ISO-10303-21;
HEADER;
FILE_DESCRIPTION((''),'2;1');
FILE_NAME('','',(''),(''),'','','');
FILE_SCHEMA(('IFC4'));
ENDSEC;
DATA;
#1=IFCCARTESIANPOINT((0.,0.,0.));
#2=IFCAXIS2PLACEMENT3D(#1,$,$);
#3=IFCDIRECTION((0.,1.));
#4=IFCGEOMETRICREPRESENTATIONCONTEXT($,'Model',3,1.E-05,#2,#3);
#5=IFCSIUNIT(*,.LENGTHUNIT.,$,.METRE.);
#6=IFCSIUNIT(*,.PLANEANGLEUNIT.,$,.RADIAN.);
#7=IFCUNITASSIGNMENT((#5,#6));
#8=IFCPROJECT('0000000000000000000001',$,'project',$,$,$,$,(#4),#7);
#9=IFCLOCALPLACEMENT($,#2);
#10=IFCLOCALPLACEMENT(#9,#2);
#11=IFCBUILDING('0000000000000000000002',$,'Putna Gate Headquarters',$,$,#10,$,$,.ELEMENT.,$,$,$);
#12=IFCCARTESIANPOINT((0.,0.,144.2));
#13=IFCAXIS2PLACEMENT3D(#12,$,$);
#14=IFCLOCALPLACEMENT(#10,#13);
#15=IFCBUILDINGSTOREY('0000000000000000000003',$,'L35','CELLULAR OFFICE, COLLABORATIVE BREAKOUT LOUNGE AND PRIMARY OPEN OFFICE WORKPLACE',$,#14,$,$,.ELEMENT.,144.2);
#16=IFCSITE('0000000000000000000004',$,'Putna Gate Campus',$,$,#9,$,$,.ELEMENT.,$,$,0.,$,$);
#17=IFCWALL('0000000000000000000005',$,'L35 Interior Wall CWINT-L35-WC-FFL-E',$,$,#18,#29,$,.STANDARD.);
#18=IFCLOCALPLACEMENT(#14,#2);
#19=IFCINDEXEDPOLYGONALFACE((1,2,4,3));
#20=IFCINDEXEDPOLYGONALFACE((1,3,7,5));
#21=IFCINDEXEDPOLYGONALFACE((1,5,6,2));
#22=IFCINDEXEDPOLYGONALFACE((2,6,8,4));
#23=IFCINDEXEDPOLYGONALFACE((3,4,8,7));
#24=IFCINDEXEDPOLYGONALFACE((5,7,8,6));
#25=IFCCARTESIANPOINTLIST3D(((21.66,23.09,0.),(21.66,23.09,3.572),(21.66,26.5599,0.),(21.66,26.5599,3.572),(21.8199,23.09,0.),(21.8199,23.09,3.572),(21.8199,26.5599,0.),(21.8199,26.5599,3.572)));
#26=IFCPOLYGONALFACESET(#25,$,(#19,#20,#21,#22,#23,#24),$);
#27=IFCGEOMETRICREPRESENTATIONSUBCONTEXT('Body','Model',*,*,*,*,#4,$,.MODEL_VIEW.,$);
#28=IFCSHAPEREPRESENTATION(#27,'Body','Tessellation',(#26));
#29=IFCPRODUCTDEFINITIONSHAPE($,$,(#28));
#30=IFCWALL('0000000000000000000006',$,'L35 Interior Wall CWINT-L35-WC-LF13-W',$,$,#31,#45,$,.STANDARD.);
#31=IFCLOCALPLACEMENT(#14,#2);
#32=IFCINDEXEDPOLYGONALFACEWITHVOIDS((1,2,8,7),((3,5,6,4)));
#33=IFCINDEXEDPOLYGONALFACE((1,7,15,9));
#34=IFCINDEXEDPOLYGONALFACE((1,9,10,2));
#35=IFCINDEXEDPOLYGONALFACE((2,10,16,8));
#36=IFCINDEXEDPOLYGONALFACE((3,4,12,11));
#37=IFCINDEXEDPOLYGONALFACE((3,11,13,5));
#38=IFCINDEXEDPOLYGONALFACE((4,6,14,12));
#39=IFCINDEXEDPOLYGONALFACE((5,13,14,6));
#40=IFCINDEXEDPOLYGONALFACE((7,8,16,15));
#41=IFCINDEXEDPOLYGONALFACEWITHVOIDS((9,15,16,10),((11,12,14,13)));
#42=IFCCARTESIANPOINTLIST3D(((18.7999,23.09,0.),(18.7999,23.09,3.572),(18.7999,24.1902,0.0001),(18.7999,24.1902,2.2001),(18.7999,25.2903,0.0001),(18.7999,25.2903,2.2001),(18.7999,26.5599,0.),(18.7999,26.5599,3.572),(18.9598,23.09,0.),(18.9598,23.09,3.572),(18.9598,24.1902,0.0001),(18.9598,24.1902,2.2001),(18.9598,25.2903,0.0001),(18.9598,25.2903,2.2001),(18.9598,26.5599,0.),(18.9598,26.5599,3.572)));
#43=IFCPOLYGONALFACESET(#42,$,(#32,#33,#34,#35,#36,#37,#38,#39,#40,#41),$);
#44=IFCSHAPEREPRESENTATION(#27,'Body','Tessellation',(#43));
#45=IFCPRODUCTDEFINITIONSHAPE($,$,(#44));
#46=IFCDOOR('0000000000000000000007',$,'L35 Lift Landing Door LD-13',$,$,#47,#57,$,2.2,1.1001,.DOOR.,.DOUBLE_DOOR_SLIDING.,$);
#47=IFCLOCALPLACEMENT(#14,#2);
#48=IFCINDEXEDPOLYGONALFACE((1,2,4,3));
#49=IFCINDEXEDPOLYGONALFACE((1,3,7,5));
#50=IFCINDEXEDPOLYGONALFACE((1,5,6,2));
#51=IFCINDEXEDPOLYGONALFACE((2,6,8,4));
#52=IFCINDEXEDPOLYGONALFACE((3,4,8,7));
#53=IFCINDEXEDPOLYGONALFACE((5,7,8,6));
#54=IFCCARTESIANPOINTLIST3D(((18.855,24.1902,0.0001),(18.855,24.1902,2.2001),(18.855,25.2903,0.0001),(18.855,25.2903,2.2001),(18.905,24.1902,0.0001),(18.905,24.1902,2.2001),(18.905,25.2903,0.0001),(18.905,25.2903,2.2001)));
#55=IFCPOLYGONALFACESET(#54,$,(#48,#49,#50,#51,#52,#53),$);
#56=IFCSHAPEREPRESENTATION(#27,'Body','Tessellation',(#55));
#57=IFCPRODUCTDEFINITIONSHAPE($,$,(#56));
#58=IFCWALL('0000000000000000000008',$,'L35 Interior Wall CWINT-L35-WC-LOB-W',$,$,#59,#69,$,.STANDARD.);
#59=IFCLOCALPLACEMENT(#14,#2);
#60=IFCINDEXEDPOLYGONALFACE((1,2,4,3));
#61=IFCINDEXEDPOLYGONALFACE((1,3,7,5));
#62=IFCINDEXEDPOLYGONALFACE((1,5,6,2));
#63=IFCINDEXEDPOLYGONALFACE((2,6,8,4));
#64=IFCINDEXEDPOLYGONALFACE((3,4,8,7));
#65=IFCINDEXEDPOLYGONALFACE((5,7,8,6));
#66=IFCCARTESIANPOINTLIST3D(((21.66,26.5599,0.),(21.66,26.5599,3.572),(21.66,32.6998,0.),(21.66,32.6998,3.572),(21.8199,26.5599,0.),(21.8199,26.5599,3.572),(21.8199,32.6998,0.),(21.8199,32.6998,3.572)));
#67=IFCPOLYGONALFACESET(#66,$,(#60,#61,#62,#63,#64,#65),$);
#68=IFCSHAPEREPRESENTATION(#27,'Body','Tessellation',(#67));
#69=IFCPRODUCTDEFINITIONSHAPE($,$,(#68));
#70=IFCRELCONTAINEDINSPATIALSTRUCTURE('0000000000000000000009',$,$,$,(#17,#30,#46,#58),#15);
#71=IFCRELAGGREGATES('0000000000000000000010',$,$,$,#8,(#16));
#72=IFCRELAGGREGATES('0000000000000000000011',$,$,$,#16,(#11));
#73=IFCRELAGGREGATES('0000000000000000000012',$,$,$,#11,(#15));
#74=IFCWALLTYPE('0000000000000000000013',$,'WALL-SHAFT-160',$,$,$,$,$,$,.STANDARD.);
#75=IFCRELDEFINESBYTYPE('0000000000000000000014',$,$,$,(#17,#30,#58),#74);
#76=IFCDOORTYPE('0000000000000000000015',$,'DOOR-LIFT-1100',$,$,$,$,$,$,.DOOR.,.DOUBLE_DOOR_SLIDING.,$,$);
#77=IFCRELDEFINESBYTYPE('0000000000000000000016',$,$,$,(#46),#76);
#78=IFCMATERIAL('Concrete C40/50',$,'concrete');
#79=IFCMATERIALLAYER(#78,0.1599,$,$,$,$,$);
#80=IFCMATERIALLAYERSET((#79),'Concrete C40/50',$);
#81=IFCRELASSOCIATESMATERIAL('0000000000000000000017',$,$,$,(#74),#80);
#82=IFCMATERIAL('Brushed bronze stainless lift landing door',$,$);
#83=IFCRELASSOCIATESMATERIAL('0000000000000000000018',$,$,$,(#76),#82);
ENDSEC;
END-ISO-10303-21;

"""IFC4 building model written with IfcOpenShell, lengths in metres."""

from ifc_helpers import new_model, si_unit, direction, frame, frame_2d, origin, place, context, subcontext, project, spatial, rectangle, extrude, material, layer, layer_set, type_object, element, fill, save


model = new_model("IFC4")

# Units and contexts
model_context = context("Model", 3, precision=1e-05, world=origin(), true_north=direction((0.0, 1.0)))
body_context = subcontext(model_context, "Body", "Model", "MODEL_VIEW")
ifc_project = project(units=[si_unit("LENGTHUNIT", "METRE"), si_unit("PLANEANGLEUNIT", "RADIAN")], contexts=[model_context])

# Site, building, storey
site_placement = place(None, origin())
site = spatial("IfcSite", under=ifc_project, at=site_placement, Name="Putna Gate Campus", CompositionType="ELEMENT", RefElevation=0.0)
building_placement = place(site_placement, origin())
building = spatial("IfcBuilding", under=site, at=building_placement, Name="Putna Gate Headquarters", CompositionType="ELEMENT")
storey_placement = place(building_placement, frame((0.0, 0.0, 144.2)))
storey = spatial("IfcBuildingStorey", under=building, at=storey_placement, Name="L35", Description="CELLULAR OFFICE, COLLABORATIVE BREAKOUT LOUNGE AND PRIMARY OPEN OFFICE WORKPLACE", CompositionType="ELEMENT", Elevation=144.2)

# Wall
ifc_material_1 = material(Name="Concrete C40/50", Category="concrete")
ifc_layer_1 = layer(ifc_material_1, 0.1599)
ifc_layer_set_1 = layer_set([ifc_layer_1], Name="Concrete C40/50")
wall_type_1 = type_object("IfcWallType", Name="WALL-SHAFT-160", PredefinedType="STANDARD", material=ifc_layer_set_1)
wall_1_placement = place(storey_placement, frame((21.74, 23.0901, 0.0), z_axis=(0.0, 0.0, 1.0), x_axis=(0.0, 1.0, 0.0)))
element("IfcWall", 1, at=wall_1_placement, inside=storey, type_object=wall_type_1, Name="L35 Interior Wall CWINT-L35-WC-FFL-E", PredefinedType="STANDARD", context=body_context, shape_type="SweptSolid", body=[
    extrude(rectangle(XDim=3.47, YDim=0.1599, at=frame_2d((1.7349, 0.0))), origin(), (0.0, 0.0, 1.0), 3.572),
])

# Wall, opening, door
wall_2_placement = place(storey_placement, frame((18.8799, 23.0901, 0.0), z_axis=(0.0, 0.0, 1.0), x_axis=(0.0, 1.0, 0.0)))
wall_2 = element("IfcWall", 2, at=wall_2_placement, inside=storey, type_object=wall_type_1, Name="L35 Interior Wall CWINT-L35-WC-LF13-W", PredefinedType="STANDARD", context=body_context, shape_type="SweptSolid", body=[
    extrude(rectangle(XDim=3.47, YDim=0.1599, at=frame_2d((1.7349, 0.0))), origin(), (0.0, 0.0, 1.0), 3.572),
])
opening_1_placement = place(wall_2_placement, frame((1.1001, 0.0, 0.0)))
opening_1 = element("IfcOpeningElement", 3, at=opening_1_placement, cuts=wall_2, PredefinedType="OPENING", context=body_context, shape_type="SweptSolid", body=[
    extrude(rectangle(XDim=1.1001, YDim=2.2, at=frame_2d((0.55, 1.1001))), frame((0.0, 0.0898, 0.0), z_axis=(0.0, -1.0, 0.0), x_axis=(1.0, 0.0, 0.0)), (0.0, 0.0, 1.0), 0.1799),
])
ifc_material_2 = material(Name="Brushed bronze stainless lift landing door")
door_type_1 = type_object("IfcDoorType", Name="DOOR-LIFT-1100", OperationType="DOUBLE_DOOR_SLIDING", PredefinedType="DOOR", material=ifc_material_2)
door_1_placement = place(opening_1_placement, origin())
door_1 = element("IfcDoor", 4, at=door_1_placement, inside=storey, type_object=door_type_1, Name="L35 Lift Landing Door LD-13", OperationType="DOUBLE_DOOR_SLIDING", OverallHeight=2.2, OverallWidth=1.1001, PredefinedType="DOOR", context=body_context, shape_type="SweptSolid", body=[
    extrude(rectangle(XDim=1.1001, YDim=2.2, at=frame_2d((0.55, 1.1001))), frame((0.0, 0.0249, 0.0), z_axis=(0.0, -1.0, 0.0), x_axis=(1.0, 0.0, 0.0)), (0.0, 0.0, 1.0), 0.05),
])
fill(opening_1, door_1)

# Wall
wall_3_placement = place(storey_placement, frame((21.74, 26.5601, 0.0), z_axis=(0.0, 0.0, 1.0), x_axis=(0.0, 1.0, 0.0)))
element("IfcWall", 5, at=wall_3_placement, inside=storey, type_object=wall_type_1, Name="L35 Interior Wall CWINT-L35-WC-LOB-W", PredefinedType="STANDARD", context=body_context, shape_type="SweptSolid", body=[
    extrude(rectangle(XDim=6.1399, YDim=0.1599, at=frame_2d((3.0698, 0.0))), origin(), (0.0, 0.0, 1.0), 3.572),
])

save(model, "model.ifc")
